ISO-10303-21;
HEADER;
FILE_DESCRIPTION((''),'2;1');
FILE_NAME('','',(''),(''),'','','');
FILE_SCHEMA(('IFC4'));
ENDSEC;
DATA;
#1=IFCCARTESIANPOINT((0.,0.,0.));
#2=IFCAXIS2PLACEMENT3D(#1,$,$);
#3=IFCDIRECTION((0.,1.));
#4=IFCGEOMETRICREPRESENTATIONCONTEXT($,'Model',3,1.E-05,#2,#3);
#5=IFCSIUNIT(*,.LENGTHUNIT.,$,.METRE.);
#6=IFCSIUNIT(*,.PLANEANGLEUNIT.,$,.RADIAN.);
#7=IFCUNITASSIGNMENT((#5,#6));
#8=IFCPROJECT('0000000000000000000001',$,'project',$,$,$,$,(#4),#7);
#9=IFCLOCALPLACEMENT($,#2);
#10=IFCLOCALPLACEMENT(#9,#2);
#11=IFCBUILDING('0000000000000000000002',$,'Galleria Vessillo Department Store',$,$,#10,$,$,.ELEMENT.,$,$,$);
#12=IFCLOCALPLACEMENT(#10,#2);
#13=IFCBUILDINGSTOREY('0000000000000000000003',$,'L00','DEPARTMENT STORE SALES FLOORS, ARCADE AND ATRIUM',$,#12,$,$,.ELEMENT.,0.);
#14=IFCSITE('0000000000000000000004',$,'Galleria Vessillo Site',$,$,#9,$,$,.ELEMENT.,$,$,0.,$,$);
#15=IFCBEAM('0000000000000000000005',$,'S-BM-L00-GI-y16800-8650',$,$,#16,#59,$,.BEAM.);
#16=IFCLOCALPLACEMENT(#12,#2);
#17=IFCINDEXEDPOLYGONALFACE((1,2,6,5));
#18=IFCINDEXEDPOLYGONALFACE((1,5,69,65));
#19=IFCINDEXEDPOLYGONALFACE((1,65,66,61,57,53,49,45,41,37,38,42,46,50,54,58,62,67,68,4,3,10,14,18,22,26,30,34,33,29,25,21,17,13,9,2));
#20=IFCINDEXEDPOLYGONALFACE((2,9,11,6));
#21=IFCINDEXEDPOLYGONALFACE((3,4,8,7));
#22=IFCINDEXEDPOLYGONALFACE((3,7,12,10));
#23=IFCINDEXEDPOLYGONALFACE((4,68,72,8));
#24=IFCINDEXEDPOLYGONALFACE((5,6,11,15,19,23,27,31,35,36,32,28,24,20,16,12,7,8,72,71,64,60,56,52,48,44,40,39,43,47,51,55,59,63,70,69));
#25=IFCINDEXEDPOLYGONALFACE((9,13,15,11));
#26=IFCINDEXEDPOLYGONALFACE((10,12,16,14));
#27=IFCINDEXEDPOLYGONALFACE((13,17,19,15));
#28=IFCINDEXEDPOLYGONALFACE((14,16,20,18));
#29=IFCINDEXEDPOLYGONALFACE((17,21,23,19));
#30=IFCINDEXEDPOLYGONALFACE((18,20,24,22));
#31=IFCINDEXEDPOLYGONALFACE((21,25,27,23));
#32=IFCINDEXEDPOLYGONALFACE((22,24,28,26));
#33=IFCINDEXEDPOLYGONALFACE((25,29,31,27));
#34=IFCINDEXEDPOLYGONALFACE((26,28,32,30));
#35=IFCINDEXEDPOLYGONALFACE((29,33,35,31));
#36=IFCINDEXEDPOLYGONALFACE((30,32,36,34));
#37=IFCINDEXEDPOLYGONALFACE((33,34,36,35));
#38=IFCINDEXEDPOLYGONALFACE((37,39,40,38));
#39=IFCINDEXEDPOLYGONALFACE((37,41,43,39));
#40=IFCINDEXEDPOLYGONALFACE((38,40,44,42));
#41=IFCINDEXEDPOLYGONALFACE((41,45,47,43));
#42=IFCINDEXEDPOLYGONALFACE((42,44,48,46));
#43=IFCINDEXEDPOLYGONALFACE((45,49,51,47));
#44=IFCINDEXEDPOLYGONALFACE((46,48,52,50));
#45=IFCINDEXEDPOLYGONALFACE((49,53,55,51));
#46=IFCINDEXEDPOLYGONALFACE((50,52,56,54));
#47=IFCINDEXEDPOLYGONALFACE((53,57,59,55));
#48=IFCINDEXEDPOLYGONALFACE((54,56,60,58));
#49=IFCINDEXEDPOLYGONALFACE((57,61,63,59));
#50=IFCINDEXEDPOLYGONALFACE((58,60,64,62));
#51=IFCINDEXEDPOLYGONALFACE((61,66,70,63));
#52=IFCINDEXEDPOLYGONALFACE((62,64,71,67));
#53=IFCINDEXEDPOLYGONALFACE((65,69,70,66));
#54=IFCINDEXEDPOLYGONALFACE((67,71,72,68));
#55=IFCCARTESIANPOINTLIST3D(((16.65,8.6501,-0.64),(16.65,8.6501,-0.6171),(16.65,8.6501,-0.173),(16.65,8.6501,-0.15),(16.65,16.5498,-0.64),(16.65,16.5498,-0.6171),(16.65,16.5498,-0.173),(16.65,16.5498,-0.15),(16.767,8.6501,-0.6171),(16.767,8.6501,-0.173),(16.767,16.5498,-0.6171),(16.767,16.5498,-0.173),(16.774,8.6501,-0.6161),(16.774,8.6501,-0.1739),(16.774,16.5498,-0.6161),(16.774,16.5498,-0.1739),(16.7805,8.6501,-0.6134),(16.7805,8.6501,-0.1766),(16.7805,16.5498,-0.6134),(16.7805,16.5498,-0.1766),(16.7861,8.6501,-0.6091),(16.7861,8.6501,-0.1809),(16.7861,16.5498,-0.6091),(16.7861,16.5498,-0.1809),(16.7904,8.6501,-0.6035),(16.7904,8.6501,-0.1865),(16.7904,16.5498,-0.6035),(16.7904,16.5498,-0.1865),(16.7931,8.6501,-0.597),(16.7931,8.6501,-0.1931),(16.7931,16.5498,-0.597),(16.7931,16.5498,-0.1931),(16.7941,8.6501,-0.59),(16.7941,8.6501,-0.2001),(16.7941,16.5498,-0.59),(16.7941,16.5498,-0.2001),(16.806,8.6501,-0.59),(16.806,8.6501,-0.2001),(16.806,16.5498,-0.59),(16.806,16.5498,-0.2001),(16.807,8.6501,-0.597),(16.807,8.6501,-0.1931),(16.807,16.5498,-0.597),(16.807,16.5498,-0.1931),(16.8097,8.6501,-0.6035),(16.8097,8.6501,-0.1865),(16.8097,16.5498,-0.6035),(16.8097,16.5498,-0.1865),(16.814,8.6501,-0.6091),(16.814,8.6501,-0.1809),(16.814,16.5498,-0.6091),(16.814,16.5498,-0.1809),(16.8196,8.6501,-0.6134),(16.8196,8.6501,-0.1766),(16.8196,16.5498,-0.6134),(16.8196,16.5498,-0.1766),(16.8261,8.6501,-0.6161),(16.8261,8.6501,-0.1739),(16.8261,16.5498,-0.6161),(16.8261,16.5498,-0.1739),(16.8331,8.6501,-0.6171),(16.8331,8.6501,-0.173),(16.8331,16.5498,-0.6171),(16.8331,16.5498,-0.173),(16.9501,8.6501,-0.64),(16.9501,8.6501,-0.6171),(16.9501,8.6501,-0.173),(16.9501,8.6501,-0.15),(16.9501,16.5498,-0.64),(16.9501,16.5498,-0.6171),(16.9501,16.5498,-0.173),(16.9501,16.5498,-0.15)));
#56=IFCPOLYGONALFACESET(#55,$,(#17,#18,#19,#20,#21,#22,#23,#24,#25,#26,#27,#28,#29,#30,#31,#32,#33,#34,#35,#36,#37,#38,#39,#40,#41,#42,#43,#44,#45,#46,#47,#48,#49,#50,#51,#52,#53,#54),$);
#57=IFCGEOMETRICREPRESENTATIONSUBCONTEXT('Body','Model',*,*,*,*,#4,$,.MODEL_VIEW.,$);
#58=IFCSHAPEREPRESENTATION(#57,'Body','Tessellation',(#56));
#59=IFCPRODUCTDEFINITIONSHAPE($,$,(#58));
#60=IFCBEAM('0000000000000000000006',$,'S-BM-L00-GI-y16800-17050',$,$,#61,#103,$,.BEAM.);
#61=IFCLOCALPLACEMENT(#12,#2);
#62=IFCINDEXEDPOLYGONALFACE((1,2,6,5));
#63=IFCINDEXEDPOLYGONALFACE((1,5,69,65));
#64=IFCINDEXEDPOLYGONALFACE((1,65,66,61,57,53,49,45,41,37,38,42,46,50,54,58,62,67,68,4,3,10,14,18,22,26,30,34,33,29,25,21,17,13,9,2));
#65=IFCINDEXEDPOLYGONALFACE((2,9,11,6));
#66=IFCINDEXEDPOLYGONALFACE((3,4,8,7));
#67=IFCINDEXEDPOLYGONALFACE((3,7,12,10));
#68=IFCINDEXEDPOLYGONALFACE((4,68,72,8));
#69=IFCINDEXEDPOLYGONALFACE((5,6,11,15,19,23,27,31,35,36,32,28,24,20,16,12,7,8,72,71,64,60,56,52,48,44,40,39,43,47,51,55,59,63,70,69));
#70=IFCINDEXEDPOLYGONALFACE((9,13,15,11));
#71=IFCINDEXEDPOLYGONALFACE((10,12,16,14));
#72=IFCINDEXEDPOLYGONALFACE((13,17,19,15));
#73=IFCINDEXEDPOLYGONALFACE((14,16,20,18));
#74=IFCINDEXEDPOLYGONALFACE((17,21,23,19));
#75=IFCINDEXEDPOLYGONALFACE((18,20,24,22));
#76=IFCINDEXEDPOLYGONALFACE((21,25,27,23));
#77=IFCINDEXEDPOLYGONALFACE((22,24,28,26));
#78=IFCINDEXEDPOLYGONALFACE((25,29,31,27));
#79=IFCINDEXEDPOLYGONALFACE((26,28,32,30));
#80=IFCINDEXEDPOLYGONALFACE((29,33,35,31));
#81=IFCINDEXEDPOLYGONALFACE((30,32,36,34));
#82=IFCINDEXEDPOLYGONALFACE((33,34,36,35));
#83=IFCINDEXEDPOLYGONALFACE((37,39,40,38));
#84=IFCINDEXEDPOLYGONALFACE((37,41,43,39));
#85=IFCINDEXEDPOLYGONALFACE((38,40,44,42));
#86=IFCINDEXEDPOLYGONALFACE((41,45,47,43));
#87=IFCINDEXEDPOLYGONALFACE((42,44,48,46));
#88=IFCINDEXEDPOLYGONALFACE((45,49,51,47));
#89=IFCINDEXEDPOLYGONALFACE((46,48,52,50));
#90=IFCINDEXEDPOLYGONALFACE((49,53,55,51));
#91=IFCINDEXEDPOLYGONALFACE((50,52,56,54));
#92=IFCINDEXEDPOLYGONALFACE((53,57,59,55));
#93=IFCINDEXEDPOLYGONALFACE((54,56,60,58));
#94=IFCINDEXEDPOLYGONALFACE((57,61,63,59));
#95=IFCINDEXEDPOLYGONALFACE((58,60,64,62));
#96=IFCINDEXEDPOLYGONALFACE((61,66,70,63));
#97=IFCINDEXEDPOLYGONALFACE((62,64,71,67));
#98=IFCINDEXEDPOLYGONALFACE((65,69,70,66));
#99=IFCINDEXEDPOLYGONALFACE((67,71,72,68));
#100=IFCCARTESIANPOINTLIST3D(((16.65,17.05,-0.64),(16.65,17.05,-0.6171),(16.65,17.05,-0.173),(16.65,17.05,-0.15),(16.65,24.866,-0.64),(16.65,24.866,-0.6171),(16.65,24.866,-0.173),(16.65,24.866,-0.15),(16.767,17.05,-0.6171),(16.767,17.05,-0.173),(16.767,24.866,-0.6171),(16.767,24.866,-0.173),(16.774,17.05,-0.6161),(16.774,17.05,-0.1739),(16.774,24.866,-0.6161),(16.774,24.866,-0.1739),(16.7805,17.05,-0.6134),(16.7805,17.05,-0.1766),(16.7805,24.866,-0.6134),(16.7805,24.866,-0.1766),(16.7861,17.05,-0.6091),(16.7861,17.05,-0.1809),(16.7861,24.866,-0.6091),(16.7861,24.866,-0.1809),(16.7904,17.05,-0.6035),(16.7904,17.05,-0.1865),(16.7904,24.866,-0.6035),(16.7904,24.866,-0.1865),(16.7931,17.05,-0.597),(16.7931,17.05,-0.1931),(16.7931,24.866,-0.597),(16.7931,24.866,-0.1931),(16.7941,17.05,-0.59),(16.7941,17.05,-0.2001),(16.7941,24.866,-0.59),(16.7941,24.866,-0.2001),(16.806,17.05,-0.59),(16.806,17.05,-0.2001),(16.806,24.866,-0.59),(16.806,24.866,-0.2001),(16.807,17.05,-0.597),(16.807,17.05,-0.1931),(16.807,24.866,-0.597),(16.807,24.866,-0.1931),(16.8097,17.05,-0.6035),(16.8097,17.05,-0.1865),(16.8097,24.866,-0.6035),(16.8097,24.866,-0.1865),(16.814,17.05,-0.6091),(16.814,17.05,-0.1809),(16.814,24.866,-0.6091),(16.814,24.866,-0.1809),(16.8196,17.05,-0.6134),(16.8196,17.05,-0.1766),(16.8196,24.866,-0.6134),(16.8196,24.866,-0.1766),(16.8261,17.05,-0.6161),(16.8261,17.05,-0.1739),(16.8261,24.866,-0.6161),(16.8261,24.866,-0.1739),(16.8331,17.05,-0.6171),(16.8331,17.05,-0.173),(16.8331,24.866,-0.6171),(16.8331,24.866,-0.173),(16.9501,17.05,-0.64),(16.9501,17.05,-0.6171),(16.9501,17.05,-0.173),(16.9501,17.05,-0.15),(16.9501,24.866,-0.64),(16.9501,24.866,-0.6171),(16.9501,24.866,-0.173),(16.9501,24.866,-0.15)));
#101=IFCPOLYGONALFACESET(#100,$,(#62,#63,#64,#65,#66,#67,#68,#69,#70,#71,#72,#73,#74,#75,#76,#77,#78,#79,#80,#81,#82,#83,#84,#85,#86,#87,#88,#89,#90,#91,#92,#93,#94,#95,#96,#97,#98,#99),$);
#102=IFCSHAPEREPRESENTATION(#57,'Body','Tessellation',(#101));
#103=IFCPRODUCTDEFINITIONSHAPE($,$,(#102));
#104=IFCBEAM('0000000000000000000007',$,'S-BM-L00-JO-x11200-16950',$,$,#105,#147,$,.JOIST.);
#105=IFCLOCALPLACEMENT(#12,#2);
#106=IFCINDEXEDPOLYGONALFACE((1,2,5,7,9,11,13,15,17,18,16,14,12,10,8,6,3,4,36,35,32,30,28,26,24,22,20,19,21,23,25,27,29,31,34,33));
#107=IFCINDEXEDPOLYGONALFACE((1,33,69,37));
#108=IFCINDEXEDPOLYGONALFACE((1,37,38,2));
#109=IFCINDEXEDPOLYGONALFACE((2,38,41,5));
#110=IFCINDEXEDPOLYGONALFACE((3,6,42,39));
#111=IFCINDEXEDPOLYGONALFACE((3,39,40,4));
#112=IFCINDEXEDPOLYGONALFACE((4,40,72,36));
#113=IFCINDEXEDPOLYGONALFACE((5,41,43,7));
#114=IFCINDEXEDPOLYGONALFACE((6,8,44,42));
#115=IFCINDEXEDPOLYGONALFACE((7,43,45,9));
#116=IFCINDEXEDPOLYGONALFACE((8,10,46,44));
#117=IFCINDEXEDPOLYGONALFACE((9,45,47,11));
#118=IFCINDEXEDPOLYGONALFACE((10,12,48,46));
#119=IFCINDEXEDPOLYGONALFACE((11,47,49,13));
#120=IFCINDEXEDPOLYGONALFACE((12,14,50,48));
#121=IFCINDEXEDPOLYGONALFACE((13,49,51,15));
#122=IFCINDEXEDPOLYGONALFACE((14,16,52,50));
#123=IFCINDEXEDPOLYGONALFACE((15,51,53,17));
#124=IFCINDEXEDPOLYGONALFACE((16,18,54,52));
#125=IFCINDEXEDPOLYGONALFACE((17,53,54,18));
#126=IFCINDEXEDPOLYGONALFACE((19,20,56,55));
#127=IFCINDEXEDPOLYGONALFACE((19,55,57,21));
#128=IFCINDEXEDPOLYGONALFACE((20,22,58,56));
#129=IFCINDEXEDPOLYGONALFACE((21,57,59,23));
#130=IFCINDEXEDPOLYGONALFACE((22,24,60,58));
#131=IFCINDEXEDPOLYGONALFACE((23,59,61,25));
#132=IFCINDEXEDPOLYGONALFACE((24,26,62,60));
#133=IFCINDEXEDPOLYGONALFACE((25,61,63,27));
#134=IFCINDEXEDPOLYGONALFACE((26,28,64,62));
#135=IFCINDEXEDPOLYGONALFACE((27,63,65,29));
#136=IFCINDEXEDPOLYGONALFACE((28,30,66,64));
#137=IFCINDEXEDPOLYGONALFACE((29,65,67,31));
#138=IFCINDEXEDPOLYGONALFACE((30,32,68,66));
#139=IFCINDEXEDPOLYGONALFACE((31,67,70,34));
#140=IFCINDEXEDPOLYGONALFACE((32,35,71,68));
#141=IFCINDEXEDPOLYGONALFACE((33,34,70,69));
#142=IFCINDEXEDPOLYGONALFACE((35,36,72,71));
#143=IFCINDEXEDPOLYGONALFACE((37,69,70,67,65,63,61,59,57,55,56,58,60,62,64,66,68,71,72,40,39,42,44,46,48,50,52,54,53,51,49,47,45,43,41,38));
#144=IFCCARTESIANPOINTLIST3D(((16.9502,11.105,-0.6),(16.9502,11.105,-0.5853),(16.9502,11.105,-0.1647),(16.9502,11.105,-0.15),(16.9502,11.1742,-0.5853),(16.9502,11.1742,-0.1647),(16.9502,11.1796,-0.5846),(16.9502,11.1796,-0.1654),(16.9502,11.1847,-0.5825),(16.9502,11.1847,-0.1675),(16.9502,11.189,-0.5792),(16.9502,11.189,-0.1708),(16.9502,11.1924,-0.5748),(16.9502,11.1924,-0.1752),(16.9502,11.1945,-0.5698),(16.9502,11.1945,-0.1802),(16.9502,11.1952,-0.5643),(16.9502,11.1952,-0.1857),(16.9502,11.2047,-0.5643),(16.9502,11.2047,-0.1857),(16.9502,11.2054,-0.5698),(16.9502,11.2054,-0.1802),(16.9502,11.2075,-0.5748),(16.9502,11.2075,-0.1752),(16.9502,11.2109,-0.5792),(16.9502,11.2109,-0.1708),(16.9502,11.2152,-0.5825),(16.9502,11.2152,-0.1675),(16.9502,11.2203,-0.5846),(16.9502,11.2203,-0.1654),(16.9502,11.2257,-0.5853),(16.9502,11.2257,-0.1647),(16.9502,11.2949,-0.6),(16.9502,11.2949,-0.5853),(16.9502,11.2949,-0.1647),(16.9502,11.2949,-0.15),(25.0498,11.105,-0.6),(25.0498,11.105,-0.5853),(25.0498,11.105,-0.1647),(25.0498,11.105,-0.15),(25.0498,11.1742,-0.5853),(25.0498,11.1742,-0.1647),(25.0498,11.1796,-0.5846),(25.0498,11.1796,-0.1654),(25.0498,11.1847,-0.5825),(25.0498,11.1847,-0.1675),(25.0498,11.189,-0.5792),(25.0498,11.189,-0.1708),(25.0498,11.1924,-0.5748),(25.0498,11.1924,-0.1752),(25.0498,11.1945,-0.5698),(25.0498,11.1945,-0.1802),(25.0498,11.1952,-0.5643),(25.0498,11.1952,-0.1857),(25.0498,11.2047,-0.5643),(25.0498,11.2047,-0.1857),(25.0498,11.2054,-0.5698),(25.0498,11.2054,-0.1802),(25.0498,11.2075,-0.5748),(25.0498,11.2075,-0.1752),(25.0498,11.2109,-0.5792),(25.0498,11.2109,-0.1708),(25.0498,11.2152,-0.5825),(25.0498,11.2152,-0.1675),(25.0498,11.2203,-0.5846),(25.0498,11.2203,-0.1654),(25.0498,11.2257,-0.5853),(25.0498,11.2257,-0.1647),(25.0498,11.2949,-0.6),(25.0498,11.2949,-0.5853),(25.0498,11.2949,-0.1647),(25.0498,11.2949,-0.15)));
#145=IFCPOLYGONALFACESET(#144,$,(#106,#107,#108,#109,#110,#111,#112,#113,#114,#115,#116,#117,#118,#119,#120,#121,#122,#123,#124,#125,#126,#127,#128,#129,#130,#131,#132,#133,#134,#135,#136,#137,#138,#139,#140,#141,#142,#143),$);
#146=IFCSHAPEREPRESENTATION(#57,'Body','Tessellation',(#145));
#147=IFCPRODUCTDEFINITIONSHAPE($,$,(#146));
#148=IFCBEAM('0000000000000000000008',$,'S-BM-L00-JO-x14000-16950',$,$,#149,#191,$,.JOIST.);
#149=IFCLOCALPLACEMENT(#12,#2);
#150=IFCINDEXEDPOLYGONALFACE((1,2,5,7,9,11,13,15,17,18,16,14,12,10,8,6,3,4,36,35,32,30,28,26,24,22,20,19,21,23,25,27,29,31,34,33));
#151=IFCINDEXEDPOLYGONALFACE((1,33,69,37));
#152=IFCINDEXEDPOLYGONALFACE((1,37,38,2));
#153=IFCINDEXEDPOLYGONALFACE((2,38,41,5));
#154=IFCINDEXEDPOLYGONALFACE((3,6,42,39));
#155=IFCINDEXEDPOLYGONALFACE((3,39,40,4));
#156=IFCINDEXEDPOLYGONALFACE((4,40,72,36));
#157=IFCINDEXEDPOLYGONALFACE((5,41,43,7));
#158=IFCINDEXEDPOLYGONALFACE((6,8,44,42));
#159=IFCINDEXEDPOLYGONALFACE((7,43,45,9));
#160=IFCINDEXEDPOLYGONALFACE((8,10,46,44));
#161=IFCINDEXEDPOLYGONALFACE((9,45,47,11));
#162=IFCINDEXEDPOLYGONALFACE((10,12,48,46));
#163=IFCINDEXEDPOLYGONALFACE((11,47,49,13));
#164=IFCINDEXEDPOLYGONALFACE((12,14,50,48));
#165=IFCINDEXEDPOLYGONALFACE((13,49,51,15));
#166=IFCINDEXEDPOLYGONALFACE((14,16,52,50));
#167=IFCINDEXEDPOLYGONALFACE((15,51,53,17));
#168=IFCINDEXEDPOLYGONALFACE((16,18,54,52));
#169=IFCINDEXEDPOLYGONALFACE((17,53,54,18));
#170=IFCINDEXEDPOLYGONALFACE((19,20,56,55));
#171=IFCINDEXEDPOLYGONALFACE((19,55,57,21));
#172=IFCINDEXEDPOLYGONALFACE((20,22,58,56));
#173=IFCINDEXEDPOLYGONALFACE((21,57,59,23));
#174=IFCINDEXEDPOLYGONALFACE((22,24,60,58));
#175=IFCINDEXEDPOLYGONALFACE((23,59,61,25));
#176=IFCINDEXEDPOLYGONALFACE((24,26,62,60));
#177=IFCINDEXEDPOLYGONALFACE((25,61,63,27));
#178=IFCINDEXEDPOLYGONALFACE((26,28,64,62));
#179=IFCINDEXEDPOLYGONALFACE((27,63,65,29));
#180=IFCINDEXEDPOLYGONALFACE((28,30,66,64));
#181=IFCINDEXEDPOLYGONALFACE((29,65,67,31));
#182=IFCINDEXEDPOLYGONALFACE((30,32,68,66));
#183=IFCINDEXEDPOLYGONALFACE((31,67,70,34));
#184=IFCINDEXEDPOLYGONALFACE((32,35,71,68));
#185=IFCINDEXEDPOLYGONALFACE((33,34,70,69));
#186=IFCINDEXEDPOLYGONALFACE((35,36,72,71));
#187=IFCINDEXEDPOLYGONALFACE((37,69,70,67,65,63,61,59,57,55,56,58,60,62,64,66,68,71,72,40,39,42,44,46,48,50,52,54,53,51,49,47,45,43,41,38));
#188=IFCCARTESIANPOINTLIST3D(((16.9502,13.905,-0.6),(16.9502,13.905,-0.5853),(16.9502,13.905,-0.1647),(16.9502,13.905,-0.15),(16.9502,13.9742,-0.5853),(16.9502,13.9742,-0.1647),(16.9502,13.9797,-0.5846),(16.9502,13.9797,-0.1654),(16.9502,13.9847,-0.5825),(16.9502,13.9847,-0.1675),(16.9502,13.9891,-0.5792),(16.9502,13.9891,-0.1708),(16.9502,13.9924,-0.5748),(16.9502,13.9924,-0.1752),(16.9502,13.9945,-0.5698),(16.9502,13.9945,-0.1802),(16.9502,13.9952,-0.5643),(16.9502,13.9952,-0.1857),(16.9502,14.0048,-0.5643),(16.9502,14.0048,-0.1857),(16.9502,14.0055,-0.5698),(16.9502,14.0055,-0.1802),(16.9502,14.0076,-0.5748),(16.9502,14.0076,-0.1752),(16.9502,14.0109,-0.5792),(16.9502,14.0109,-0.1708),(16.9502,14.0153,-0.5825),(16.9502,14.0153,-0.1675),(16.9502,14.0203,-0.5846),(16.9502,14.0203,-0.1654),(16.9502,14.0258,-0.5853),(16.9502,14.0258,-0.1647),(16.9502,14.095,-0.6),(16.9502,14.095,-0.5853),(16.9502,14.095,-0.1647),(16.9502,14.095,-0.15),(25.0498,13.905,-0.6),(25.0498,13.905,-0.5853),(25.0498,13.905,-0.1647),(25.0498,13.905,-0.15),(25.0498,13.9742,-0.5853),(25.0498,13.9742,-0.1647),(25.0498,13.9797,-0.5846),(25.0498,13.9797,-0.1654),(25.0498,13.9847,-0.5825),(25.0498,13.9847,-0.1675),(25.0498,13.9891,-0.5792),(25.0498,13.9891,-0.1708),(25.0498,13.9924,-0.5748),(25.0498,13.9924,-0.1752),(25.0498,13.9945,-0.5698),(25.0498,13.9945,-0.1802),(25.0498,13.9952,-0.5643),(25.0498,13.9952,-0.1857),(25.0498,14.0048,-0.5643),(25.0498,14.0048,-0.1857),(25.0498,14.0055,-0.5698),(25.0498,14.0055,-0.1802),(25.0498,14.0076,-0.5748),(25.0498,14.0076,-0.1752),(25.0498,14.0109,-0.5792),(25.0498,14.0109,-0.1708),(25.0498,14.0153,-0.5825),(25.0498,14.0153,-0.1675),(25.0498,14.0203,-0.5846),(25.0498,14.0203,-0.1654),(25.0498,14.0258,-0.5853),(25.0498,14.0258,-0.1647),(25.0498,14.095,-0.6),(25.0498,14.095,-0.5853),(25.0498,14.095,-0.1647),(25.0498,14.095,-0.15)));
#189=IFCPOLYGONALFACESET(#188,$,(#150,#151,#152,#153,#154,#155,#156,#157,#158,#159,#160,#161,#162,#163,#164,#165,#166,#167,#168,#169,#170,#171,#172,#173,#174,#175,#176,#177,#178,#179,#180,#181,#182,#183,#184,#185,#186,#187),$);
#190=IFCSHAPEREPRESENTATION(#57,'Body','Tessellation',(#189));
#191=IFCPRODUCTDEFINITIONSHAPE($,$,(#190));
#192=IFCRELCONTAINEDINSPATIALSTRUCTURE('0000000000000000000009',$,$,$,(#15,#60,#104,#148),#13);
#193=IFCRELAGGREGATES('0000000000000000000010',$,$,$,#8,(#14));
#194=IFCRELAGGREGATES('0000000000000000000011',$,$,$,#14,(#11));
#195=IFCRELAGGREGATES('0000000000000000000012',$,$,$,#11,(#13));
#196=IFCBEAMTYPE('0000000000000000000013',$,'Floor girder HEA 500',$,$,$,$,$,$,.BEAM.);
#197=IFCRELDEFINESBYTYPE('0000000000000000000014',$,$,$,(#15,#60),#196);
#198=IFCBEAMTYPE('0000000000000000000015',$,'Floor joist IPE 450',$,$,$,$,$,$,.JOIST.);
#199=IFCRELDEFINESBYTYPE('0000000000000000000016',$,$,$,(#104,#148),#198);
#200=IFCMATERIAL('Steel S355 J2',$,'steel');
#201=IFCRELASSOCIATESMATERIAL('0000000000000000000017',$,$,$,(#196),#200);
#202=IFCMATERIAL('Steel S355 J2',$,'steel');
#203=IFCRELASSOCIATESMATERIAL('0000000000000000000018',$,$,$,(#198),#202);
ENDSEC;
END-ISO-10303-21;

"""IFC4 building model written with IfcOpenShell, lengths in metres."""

from ifc_helpers import new_model, si_unit, direction, frame, origin, origin_2d, place, context, subcontext, project, spatial, i_section, extrude, material, material_profile, profile_set, type_object, element, save


model = new_model("IFC4")

# Units and contexts
model_context = context("Model", 3, precision=1e-05, world=origin(), true_north=direction((0.0, 1.0)))
body_context = subcontext(model_context, "Body", "Model", "MODEL_VIEW")
ifc_project = project(units=[si_unit("LENGTHUNIT", "METRE"), si_unit("PLANEANGLEUNIT", "RADIAN")], contexts=[model_context])

# Site, building, storey
site_placement = place(None, origin())
site = spatial("IfcSite", under=ifc_project, at=site_placement, Name="Galleria Vessillo Site", CompositionType="ELEMENT", RefElevation=0.0)
building_placement = place(site_placement, origin())
building = spatial("IfcBuilding", under=site, at=building_placement, Name="Galleria Vessillo Department Store", CompositionType="ELEMENT")
storey_placement = place(building_placement, origin())
storey = spatial("IfcBuildingStorey", under=building, at=storey_placement, Name="L00", Description="DEPARTMENT STORE SALES FLOORS, ARCADE AND ATRIUM", CompositionType="ELEMENT", Elevation=0.0)

# Beams
ifc_material_1 = material(Name="Steel S355 J2", Category="steel")
ifc_material_profile_1 = material_profile(ifc_material_1, i_section(OverallWidth=0.3, OverallDepth=0.49, WebThickness=0.012, FlangeThickness=0.0229, FilletRadius=0.0271, at=origin_2d()), Name="HEA 500")
ifc_profile_set_1 = profile_set([ifc_material_profile_1], Name="Steel S355 J2")
beam_type_1 = type_object("IfcBeamType", Name="Floor girder HEA 500", PredefinedType="BEAM", material=ifc_profile_set_1)
beam_1_placement = place(storey_placement, frame((16.8, 8.6501, -0.395), z_axis=(0.0, 1.0, 0.0), x_axis=(-1.0, 0.0, 0.0)))
element("IfcBeam", 1, at=beam_1_placement, inside=storey, type_object=beam_type_1, Name="S-BM-L00-GI-y16800-8650", PredefinedType="BEAM", context=body_context, shape_type="SweptSolid", body=[
    extrude(i_section(OverallWidth=0.3, OverallDepth=0.49, WebThickness=0.012, FlangeThickness=0.0229, FilletRadius=0.0271, at=origin_2d()), origin(), (0.0, 0.0, 1.0), 7.8997),
])
beam_2_placement = place(storey_placement, frame((16.8, 17.05, -0.395), z_axis=(0.0, 1.0, 0.0), x_axis=(-1.0, 0.0, 0.0)))
element("IfcBeam", 2, at=beam_2_placement, inside=storey, type_object=beam_type_1, Name="S-BM-L00-GI-y16800-17050", PredefinedType="BEAM", context=body_context, shape_type="SweptSolid", body=[
    extrude(i_section(OverallWidth=0.3, OverallDepth=0.49, WebThickness=0.012, FlangeThickness=0.0229, FilletRadius=0.0271, at=origin_2d()), origin(), (0.0, 0.0, 1.0), 7.8159),
])
ifc_material_2 = material(Name="Steel S355 J2", Category="steel")
ifc_material_profile_2 = material_profile(ifc_material_2, i_section(OverallWidth=0.1899, OverallDepth=0.45, WebThickness=0.0095, FlangeThickness=0.0146, FilletRadius=0.021, at=origin_2d()), Name="IPE 450")
ifc_profile_set_2 = profile_set([ifc_material_profile_2], Name="Steel S355 J2")
beam_type_2 = type_object("IfcBeamType", Name="Floor joist IPE 450", PredefinedType="JOIST", material=ifc_profile_set_2)
for number, where, z_axis, x_axis, name in (
    (3, (16.9502, 11.2, -0.375), (1.0, 0.0, 0.0), (0.0, 1.0, 0.0), "S-BM-L00-JO-x11200-16950"),
    (4, (16.9502, 14.0, -0.375), (1.0, 0.0, 0.0), (0.0, 1.0, 0.0), "S-BM-L00-JO-x14000-16950"),
):
    element("IfcBeam", number, at=place(storey_placement, frame(where, z_axis=z_axis, x_axis=x_axis)), inside=storey, type_object=beam_type_2, Name=name, PredefinedType="JOIST", context=body_context, shape_type="SweptSolid", body=[
        extrude(i_section(OverallWidth=0.1899, OverallDepth=0.45, WebThickness=0.0095, FlangeThickness=0.0146, FilletRadius=0.021, at=origin_2d()), origin(), (0.0, 0.0, 1.0), 8.0996),
    ])

save(model, "model.ifc")
